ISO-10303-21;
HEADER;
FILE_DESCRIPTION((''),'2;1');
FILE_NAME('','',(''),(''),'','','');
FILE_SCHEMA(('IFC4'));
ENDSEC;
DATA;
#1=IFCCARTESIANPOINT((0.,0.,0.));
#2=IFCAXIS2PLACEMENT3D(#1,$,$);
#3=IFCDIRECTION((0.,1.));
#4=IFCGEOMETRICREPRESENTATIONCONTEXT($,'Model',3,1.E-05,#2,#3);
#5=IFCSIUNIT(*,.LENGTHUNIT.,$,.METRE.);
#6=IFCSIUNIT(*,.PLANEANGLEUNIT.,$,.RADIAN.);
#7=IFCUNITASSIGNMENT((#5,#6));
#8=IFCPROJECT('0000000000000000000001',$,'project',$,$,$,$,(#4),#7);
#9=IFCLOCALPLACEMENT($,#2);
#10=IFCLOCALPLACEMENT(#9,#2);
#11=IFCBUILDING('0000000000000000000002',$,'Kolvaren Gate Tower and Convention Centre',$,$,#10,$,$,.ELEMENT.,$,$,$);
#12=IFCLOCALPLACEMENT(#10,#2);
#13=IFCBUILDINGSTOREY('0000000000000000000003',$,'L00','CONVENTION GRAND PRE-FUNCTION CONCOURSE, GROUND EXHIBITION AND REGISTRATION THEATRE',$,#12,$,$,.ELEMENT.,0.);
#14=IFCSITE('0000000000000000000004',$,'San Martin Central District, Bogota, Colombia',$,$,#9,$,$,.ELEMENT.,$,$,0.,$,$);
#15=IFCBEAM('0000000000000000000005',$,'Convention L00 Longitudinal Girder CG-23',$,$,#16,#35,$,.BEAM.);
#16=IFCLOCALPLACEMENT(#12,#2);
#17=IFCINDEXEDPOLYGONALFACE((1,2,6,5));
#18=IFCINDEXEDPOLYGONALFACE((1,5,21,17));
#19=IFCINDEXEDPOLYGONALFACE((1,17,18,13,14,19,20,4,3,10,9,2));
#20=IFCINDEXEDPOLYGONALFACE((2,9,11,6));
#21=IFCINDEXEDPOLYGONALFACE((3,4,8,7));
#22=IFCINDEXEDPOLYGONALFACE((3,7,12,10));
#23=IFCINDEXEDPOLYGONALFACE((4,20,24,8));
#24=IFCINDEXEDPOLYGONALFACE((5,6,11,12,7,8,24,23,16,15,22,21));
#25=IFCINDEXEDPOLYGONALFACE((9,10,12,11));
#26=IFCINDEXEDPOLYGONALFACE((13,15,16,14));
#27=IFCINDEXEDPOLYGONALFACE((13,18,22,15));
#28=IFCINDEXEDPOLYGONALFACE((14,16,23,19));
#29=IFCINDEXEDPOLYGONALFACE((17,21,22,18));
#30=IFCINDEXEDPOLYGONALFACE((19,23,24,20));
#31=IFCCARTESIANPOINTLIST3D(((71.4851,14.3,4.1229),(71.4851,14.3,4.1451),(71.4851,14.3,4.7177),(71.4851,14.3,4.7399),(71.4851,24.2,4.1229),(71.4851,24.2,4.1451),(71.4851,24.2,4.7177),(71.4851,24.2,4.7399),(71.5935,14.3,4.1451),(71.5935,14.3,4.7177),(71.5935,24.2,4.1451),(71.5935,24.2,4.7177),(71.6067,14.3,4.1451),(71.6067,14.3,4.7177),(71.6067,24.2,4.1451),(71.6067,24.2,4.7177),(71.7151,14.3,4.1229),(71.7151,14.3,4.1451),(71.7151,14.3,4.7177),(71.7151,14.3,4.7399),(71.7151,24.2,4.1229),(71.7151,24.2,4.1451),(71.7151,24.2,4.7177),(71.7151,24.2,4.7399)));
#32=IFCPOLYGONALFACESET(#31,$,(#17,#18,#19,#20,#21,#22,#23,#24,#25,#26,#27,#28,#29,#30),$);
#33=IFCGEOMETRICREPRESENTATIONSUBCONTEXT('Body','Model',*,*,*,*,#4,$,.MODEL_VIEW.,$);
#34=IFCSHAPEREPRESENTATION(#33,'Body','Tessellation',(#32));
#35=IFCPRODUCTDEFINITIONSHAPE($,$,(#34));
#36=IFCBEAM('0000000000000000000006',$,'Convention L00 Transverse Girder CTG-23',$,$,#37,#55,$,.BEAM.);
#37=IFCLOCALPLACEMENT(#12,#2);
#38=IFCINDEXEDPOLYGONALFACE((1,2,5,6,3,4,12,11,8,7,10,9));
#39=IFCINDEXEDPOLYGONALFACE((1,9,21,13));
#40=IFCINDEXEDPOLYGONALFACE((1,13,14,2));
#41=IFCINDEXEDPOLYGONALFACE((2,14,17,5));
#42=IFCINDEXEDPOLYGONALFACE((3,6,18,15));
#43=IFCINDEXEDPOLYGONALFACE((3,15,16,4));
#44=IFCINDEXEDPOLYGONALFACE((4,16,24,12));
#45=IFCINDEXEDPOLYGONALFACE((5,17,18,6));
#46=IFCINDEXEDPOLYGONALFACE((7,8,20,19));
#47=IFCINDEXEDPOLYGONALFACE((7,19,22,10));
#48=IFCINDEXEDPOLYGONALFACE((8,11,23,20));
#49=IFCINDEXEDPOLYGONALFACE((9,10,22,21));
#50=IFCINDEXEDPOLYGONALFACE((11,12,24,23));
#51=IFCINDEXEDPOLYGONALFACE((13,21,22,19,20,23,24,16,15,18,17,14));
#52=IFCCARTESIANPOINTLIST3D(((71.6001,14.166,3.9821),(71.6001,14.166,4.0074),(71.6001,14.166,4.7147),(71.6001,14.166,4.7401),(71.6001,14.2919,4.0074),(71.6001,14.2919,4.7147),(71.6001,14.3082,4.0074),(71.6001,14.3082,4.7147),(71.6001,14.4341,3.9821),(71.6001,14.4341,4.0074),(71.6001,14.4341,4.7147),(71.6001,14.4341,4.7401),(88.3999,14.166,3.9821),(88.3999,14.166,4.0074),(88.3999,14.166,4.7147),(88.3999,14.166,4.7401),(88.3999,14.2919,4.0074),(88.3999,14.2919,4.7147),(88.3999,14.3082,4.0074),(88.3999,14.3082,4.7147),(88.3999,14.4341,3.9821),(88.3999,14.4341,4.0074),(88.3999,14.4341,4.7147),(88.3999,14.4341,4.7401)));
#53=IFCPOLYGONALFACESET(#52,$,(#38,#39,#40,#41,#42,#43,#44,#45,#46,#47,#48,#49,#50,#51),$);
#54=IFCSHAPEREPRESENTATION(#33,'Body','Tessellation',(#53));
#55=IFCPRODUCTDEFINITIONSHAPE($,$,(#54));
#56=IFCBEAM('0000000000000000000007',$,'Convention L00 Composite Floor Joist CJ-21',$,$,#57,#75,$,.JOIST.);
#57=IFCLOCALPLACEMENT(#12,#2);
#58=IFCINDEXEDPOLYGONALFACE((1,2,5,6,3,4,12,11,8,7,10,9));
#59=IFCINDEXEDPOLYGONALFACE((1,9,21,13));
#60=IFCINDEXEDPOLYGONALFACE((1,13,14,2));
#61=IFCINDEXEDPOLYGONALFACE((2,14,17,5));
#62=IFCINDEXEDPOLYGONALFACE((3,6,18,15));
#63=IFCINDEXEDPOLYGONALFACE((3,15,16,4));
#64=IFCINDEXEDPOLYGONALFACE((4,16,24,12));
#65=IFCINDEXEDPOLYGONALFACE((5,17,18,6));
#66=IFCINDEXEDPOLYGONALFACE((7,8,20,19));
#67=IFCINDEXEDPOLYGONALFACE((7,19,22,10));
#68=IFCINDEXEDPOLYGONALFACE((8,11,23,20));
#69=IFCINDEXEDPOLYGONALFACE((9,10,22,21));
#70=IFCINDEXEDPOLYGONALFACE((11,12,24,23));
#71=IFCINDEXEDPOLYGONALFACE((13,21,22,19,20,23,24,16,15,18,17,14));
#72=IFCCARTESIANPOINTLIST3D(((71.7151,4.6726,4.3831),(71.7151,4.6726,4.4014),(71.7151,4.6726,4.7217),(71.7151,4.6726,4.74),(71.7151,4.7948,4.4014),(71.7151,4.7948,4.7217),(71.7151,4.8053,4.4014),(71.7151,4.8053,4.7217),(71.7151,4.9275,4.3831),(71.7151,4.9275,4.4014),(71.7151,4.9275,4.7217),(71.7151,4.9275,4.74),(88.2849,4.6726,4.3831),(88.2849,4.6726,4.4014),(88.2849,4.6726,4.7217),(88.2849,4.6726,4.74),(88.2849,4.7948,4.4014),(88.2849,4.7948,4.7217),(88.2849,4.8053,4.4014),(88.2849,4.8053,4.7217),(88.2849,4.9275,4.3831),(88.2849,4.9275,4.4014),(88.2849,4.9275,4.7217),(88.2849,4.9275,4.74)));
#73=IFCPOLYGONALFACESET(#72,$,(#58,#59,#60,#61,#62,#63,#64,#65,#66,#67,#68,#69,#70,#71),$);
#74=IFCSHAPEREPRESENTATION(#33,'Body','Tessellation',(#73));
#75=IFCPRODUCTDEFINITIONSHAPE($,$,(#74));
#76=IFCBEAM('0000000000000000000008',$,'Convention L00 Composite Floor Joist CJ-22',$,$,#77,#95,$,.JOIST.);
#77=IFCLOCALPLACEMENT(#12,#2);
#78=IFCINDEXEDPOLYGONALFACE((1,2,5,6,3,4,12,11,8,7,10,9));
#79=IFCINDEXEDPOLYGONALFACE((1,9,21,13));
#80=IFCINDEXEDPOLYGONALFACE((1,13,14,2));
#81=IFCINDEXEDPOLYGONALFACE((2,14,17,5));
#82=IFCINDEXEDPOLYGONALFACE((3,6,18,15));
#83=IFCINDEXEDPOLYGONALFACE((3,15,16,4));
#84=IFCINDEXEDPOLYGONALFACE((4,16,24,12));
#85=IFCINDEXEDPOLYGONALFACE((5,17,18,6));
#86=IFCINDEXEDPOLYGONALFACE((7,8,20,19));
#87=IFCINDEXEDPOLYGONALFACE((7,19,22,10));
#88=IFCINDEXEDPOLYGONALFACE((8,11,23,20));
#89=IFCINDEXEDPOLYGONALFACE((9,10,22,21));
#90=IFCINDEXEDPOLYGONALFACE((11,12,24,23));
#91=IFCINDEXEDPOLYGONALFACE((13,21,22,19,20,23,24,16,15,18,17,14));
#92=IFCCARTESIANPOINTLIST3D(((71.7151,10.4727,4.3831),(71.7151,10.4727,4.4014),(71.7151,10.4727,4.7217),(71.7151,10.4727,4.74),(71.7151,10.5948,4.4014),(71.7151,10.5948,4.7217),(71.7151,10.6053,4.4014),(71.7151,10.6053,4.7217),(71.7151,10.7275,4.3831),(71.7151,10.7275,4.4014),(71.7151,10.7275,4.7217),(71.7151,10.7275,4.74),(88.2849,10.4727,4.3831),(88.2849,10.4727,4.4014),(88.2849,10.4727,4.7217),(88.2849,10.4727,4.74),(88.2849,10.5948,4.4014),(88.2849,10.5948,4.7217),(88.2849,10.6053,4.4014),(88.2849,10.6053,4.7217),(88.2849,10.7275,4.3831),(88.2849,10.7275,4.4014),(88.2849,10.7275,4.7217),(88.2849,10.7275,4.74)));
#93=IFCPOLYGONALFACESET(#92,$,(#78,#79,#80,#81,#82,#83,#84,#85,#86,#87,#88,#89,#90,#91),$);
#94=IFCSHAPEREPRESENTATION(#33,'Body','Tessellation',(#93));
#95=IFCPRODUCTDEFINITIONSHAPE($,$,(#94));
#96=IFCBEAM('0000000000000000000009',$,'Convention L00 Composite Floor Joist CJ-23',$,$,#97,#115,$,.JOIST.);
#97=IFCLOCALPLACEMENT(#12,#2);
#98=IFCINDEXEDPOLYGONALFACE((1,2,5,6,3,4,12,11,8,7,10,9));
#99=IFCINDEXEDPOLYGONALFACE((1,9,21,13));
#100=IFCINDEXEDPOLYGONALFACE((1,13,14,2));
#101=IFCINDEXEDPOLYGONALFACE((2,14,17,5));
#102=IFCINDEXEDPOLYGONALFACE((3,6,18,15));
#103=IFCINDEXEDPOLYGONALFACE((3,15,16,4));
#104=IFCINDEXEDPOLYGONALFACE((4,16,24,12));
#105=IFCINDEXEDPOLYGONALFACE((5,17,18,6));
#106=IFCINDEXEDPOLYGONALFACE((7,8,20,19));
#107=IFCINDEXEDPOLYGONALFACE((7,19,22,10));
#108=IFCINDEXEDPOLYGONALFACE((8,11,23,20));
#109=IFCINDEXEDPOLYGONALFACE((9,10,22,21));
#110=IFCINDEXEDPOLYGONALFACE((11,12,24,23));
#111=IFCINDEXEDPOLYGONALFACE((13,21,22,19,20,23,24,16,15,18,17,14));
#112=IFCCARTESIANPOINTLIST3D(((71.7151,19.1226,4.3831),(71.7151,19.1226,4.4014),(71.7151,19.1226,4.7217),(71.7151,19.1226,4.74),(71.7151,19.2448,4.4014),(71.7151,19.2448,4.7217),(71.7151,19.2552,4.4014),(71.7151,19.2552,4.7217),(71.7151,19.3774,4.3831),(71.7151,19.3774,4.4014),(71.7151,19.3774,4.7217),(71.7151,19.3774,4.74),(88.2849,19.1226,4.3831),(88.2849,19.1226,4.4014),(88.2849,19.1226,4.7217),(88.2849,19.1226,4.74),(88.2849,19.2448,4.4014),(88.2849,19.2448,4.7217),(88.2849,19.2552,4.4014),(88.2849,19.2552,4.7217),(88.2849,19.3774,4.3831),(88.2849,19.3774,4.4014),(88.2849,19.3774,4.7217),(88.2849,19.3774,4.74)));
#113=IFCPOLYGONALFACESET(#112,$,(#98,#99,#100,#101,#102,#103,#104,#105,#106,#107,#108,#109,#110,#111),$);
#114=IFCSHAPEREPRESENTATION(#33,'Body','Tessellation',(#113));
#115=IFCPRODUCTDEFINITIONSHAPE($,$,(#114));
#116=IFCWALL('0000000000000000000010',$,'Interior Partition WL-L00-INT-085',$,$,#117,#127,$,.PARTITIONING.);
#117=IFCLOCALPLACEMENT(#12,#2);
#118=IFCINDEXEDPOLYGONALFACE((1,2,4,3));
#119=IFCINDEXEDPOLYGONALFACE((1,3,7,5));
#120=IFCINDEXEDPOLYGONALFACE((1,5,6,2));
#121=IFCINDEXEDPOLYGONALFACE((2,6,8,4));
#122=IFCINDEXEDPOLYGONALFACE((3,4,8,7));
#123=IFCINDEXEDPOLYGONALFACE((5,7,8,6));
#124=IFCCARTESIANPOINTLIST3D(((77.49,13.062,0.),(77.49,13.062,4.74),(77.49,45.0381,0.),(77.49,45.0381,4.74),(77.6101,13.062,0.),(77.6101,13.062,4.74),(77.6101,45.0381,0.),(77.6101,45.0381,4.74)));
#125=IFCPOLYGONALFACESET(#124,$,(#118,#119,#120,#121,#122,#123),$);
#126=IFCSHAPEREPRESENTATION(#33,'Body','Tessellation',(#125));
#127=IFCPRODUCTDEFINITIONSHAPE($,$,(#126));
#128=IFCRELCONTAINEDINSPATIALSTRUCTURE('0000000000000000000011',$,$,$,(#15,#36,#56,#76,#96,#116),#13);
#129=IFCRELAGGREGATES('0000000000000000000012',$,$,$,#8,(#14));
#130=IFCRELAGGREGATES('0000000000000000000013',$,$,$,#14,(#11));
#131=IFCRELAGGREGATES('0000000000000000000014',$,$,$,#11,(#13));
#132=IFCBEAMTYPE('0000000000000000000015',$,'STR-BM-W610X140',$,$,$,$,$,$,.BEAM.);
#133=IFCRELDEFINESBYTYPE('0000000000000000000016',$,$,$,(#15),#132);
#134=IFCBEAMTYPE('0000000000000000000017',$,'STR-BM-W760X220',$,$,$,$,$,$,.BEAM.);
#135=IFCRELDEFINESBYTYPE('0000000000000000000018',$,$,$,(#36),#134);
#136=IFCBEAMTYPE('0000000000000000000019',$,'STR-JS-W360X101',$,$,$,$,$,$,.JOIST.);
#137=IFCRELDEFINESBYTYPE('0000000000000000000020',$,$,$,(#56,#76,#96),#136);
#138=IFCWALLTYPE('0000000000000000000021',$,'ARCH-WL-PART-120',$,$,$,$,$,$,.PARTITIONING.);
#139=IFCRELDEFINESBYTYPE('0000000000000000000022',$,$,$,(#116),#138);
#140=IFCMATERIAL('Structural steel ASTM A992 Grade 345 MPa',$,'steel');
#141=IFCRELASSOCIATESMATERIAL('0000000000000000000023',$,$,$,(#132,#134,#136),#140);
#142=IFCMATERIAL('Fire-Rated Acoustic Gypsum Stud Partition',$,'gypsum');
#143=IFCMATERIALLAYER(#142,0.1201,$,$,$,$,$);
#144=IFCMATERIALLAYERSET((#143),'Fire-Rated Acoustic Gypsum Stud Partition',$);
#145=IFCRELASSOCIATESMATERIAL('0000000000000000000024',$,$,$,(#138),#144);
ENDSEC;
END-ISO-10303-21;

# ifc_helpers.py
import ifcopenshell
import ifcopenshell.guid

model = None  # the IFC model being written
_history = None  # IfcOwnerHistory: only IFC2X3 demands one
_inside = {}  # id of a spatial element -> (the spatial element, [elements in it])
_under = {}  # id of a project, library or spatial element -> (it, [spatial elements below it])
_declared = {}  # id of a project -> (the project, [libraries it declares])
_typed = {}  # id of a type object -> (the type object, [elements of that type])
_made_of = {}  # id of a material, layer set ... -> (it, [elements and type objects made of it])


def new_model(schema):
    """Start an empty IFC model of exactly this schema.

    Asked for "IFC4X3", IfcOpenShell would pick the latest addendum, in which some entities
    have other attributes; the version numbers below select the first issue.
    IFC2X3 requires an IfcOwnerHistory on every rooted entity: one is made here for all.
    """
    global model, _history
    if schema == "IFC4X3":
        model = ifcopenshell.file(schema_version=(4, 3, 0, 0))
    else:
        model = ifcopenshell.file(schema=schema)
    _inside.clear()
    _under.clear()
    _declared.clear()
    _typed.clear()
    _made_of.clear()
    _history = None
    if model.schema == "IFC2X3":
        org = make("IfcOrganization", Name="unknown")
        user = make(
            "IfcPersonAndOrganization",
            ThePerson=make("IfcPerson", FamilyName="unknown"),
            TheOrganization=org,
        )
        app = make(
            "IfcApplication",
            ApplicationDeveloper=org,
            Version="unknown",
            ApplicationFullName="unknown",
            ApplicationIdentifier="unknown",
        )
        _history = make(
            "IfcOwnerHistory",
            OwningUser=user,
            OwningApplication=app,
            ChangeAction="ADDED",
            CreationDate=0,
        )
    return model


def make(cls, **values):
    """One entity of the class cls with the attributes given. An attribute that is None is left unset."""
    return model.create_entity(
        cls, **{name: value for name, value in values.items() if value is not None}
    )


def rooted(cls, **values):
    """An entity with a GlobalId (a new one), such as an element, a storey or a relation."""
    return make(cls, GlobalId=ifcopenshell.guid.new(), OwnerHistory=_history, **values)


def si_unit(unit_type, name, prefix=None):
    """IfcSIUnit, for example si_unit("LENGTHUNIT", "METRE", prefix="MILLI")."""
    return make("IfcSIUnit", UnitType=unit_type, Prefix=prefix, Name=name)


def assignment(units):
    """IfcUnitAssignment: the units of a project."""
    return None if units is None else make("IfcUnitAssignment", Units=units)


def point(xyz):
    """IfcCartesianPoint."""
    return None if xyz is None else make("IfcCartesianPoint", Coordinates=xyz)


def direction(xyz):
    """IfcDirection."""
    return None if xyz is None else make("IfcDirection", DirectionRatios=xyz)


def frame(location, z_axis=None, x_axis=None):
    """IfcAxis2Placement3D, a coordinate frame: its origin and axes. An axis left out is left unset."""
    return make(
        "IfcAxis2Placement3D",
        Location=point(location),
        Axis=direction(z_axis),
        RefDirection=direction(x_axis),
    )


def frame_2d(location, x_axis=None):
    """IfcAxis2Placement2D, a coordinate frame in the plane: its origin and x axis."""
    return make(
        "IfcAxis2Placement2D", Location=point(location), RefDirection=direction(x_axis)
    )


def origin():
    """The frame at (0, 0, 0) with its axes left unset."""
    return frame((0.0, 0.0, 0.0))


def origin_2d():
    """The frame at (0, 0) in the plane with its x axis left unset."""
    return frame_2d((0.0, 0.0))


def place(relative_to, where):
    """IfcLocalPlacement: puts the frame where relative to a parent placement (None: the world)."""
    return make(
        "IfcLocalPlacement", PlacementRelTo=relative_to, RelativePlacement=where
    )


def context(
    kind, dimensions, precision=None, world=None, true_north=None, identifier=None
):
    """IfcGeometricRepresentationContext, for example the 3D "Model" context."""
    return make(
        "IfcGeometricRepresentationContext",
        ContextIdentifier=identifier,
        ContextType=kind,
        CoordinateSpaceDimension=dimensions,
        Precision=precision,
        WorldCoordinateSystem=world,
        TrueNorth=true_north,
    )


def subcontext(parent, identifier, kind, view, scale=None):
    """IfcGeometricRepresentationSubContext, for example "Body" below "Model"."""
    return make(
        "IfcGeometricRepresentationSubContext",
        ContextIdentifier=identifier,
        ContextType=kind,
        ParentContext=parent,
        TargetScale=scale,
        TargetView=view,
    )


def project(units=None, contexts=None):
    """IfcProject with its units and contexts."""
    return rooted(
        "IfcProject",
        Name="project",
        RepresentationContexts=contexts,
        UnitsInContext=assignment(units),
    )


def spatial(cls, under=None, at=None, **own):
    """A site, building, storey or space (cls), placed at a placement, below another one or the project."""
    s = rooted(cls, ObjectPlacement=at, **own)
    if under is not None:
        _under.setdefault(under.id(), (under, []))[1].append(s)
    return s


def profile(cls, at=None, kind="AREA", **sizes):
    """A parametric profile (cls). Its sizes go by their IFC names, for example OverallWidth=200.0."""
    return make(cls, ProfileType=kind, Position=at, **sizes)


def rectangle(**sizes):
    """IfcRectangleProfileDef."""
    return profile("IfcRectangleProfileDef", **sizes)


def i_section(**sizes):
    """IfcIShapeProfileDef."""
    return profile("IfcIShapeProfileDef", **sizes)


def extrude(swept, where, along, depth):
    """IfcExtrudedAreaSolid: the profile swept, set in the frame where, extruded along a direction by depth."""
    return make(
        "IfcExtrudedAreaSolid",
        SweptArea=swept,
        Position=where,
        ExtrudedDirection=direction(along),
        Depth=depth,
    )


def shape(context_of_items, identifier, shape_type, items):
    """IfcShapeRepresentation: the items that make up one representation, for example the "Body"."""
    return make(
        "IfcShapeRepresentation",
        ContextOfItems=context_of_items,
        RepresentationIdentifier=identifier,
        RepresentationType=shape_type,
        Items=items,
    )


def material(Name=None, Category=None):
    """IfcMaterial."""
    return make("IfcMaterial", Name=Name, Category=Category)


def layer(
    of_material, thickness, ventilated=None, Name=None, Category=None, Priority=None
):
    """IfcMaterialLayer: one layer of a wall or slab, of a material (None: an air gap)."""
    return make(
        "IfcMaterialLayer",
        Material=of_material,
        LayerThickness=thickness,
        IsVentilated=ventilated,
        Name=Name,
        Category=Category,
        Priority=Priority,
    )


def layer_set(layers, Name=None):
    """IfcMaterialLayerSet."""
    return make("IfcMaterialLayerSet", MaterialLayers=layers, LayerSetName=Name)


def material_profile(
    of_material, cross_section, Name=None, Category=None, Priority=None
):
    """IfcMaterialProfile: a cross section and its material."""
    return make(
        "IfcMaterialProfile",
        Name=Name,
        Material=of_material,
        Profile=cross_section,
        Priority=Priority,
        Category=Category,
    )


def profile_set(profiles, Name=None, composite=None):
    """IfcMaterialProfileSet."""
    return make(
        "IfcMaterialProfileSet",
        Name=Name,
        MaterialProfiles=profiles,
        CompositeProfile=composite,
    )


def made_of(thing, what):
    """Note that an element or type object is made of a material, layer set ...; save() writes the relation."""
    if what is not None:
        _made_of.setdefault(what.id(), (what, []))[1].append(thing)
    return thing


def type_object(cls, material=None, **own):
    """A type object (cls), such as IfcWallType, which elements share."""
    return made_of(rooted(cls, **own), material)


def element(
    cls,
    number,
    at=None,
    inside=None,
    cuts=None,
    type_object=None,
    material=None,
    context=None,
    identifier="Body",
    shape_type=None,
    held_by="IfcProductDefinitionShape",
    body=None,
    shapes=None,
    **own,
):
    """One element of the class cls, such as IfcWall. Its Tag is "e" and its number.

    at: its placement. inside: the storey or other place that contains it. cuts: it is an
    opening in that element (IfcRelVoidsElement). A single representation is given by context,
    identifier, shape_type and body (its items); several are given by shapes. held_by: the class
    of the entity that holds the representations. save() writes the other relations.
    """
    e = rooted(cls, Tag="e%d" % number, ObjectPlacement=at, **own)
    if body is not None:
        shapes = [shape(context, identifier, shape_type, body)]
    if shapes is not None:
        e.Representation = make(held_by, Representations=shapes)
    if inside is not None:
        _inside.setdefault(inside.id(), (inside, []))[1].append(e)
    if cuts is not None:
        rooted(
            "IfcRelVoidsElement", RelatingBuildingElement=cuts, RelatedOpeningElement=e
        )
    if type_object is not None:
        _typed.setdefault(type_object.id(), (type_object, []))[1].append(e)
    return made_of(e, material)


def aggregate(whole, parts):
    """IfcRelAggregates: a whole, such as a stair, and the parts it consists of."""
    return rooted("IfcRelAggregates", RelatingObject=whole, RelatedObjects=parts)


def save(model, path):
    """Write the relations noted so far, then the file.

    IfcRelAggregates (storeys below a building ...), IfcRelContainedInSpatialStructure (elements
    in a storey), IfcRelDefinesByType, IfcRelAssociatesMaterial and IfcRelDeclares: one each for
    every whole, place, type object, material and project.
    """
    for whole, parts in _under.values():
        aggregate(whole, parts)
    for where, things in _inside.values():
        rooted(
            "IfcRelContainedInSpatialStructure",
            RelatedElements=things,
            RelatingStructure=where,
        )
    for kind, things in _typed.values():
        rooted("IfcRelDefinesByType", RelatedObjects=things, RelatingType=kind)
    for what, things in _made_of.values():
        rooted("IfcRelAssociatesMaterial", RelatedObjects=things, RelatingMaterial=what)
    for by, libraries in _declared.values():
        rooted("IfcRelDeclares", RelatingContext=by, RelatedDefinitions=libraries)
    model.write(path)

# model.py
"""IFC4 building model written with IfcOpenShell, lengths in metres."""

from ifc_helpers import new_model, si_unit, direction, frame, frame_2d, origin, origin_2d, place, context, subcontext, project, spatial, rectangle, i_section, extrude, material, layer, layer_set, material_profile, profile_set, type_object, element, save


model = new_model("IFC4")

# Units and contexts
model_context = context("Model", 3, precision=1e-05, world=origin(), true_north=direction((0.0, 1.0)))
body_context = subcontext(model_context, "Body", "Model", "MODEL_VIEW")
ifc_project = project(units=[si_unit("LENGTHUNIT", "METRE"), si_unit("PLANEANGLEUNIT", "RADIAN")], contexts=[model_context])

# Site, building, storey
site_placement = place(None, origin())
site = spatial("IfcSite", under=ifc_project, at=site_placement, Name="San Martin Central District, Bogota, Colombia", CompositionType="ELEMENT", RefElevation=0.0)
building_placement = place(site_placement, origin())
building = spatial("IfcBuilding", under=site, at=building_placement, Name="Kolvaren Gate Tower and Convention Centre", CompositionType="ELEMENT")
storey_placement = place(building_placement, origin())
storey = spatial("IfcBuildingStorey", under=building, at=storey_placement, Name="L00", Description="CONVENTION GRAND PRE-FUNCTION CONCOURSE, GROUND EXHIBITION AND REGISTRATION THEATRE", CompositionType="ELEMENT", Elevation=0.0)

# Beams
ifc_material_1 = material(Name="Structural steel ASTM A992 Grade 345 MPa", Category="steel")
ifc_material_profile_1 = material_profile(ifc_material_1, i_section(OverallWidth=0.23, OverallDepth=0.6169, WebThickness=0.0132, FlangeThickness=0.0222, at=origin_2d()), Name="W610X140")
ifc_profile_set_1 = profile_set([ifc_material_profile_1], Name="Structural steel ASTM A992 Grade 345 MPa")
beam_type_1 = type_object("IfcBeamType", Name="STR-BM-W610X140", PredefinedType="BEAM", material=ifc_profile_set_1)
beam_1_placement = place(storey_placement, frame((71.6001, 14.3, 4.4314), z_axis=(0.0, 1.0, 0.0), x_axis=(-1.0, 0.0, 0.0)))
element("IfcBeam", 1, at=beam_1_placement, inside=storey, type_object=beam_type_1, Name="Convention L00 Longitudinal Girder CG-23", PredefinedType="BEAM", context=body_context, shape_type="SweptSolid", body=[
    extrude(i_section(OverallWidth=0.23, OverallDepth=0.6169, WebThickness=0.0132, FlangeThickness=0.0222, at=origin_2d()), origin(), (0.0, 0.0, 1.0), 9.8999),
])
ifc_material_profile_2 = material_profile(ifc_material_1, i_section(OverallWidth=0.2681, OverallDepth=0.7581, WebThickness=0.0164, FlangeThickness=0.0254, at=origin_2d()), Name="W760X220")
ifc_profile_set_2 = profile_set([ifc_material_profile_2], Name="Structural steel ASTM A992 Grade 345 MPa")
beam_type_2 = type_object("IfcBeamType", Name="STR-BM-W760X220", PredefinedType="BEAM", material=ifc_profile_set_2)
beam_2_placement = place(storey_placement, frame((71.6001, 14.3, 4.3611), z_axis=(1.0, 0.0, 0.0), x_axis=(0.0, 1.0, 0.0)))
element("IfcBeam", 2, at=beam_2_placement, inside=storey, type_object=beam_type_2, Name="Convention L00 Transverse Girder CTG-23", PredefinedType="BEAM", context=body_context, shape_type="SweptSolid", body=[
    extrude(i_section(OverallWidth=0.2681, OverallDepth=0.7581, WebThickness=0.0164, FlangeThickness=0.0254, at=origin_2d()), origin(), (0.0, 0.0, 1.0), 16.7998),
])
ifc_material_profile_3 = material_profile(ifc_material_1, i_section(OverallWidth=0.2549, OverallDepth=0.3569, WebThickness=0.0105, FlangeThickness=0.0183, at=origin_2d()), Name="W360X101")
ifc_profile_set_3 = profile_set([ifc_material_profile_3], Name="Structural steel ASTM A992 Grade 345 MPa")
beam_type_3 = type_object("IfcBeamType", Name="STR-JS-W360X101", PredefinedType="JOIST", material=ifc_profile_set_3)
for number, where, z_axis, x_axis, name in (
    (3, (71.7151, 4.8, 4.5615), (1.0, 0.0, 0.0), (0.0, 1.0, 0.0), "Convention L00 Composite Floor Joist CJ-21"),
    (4, (71.7151, 10.6001, 4.5615), (1.0, 0.0, 0.0), (0.0, 1.0, 0.0), "Convention L00 Composite Floor Joist CJ-22"),
    (5, (71.7151, 19.25, 4.5615), (1.0, 0.0, 0.0), (0.0, 1.0, 0.0), "Convention L00 Composite Floor Joist CJ-23"),
):
    element("IfcBeam", number, at=place(storey_placement, frame(where, z_axis=z_axis, x_axis=x_axis)), inside=storey, type_object=beam_type_3, Name=name, PredefinedType="JOIST", context=body_context, shape_type="SweptSolid", body=[
        extrude(i_section(OverallWidth=0.2549, OverallDepth=0.3569, WebThickness=0.0105, FlangeThickness=0.0183, at=origin_2d()), origin(), (0.0, 0.0, 1.0), 16.5698),
    ])

# Wall
ifc_material_2 = material(Name="Fire-Rated Acoustic Gypsum Stud Partition", Category="gypsum")
ifc_layer_1 = layer(ifc_material_2, 0.1201)
ifc_layer_set_1 = layer_set([ifc_layer_1], Name="Fire-Rated Acoustic Gypsum Stud Partition")
wall_type_1 = type_object("IfcWallType", Name="ARCH-WL-PART-120", PredefinedType="PARTITIONING", material=ifc_layer_set_1)
wall_1_placement = place(storey_placement, frame((77.55, 13.062, 0.0), z_axis=(0.0, 0.0, 1.0), x_axis=(0.0, 1.0, 0.0)))
element("IfcWall", 6, at=wall_1_placement, inside=storey, type_object=wall_type_1, Name="Interior Partition WL-L00-INT-085", PredefinedType="PARTITIONING", context=body_context, shape_type="SweptSolid", body=[
    extrude(rectangle(XDim=31.9761, YDim=0.1201, at=frame_2d((15.988, 0.0))), origin(), (0.0, 0.0, 1.0), 4.74),
])

save(model, "model.ifc")
